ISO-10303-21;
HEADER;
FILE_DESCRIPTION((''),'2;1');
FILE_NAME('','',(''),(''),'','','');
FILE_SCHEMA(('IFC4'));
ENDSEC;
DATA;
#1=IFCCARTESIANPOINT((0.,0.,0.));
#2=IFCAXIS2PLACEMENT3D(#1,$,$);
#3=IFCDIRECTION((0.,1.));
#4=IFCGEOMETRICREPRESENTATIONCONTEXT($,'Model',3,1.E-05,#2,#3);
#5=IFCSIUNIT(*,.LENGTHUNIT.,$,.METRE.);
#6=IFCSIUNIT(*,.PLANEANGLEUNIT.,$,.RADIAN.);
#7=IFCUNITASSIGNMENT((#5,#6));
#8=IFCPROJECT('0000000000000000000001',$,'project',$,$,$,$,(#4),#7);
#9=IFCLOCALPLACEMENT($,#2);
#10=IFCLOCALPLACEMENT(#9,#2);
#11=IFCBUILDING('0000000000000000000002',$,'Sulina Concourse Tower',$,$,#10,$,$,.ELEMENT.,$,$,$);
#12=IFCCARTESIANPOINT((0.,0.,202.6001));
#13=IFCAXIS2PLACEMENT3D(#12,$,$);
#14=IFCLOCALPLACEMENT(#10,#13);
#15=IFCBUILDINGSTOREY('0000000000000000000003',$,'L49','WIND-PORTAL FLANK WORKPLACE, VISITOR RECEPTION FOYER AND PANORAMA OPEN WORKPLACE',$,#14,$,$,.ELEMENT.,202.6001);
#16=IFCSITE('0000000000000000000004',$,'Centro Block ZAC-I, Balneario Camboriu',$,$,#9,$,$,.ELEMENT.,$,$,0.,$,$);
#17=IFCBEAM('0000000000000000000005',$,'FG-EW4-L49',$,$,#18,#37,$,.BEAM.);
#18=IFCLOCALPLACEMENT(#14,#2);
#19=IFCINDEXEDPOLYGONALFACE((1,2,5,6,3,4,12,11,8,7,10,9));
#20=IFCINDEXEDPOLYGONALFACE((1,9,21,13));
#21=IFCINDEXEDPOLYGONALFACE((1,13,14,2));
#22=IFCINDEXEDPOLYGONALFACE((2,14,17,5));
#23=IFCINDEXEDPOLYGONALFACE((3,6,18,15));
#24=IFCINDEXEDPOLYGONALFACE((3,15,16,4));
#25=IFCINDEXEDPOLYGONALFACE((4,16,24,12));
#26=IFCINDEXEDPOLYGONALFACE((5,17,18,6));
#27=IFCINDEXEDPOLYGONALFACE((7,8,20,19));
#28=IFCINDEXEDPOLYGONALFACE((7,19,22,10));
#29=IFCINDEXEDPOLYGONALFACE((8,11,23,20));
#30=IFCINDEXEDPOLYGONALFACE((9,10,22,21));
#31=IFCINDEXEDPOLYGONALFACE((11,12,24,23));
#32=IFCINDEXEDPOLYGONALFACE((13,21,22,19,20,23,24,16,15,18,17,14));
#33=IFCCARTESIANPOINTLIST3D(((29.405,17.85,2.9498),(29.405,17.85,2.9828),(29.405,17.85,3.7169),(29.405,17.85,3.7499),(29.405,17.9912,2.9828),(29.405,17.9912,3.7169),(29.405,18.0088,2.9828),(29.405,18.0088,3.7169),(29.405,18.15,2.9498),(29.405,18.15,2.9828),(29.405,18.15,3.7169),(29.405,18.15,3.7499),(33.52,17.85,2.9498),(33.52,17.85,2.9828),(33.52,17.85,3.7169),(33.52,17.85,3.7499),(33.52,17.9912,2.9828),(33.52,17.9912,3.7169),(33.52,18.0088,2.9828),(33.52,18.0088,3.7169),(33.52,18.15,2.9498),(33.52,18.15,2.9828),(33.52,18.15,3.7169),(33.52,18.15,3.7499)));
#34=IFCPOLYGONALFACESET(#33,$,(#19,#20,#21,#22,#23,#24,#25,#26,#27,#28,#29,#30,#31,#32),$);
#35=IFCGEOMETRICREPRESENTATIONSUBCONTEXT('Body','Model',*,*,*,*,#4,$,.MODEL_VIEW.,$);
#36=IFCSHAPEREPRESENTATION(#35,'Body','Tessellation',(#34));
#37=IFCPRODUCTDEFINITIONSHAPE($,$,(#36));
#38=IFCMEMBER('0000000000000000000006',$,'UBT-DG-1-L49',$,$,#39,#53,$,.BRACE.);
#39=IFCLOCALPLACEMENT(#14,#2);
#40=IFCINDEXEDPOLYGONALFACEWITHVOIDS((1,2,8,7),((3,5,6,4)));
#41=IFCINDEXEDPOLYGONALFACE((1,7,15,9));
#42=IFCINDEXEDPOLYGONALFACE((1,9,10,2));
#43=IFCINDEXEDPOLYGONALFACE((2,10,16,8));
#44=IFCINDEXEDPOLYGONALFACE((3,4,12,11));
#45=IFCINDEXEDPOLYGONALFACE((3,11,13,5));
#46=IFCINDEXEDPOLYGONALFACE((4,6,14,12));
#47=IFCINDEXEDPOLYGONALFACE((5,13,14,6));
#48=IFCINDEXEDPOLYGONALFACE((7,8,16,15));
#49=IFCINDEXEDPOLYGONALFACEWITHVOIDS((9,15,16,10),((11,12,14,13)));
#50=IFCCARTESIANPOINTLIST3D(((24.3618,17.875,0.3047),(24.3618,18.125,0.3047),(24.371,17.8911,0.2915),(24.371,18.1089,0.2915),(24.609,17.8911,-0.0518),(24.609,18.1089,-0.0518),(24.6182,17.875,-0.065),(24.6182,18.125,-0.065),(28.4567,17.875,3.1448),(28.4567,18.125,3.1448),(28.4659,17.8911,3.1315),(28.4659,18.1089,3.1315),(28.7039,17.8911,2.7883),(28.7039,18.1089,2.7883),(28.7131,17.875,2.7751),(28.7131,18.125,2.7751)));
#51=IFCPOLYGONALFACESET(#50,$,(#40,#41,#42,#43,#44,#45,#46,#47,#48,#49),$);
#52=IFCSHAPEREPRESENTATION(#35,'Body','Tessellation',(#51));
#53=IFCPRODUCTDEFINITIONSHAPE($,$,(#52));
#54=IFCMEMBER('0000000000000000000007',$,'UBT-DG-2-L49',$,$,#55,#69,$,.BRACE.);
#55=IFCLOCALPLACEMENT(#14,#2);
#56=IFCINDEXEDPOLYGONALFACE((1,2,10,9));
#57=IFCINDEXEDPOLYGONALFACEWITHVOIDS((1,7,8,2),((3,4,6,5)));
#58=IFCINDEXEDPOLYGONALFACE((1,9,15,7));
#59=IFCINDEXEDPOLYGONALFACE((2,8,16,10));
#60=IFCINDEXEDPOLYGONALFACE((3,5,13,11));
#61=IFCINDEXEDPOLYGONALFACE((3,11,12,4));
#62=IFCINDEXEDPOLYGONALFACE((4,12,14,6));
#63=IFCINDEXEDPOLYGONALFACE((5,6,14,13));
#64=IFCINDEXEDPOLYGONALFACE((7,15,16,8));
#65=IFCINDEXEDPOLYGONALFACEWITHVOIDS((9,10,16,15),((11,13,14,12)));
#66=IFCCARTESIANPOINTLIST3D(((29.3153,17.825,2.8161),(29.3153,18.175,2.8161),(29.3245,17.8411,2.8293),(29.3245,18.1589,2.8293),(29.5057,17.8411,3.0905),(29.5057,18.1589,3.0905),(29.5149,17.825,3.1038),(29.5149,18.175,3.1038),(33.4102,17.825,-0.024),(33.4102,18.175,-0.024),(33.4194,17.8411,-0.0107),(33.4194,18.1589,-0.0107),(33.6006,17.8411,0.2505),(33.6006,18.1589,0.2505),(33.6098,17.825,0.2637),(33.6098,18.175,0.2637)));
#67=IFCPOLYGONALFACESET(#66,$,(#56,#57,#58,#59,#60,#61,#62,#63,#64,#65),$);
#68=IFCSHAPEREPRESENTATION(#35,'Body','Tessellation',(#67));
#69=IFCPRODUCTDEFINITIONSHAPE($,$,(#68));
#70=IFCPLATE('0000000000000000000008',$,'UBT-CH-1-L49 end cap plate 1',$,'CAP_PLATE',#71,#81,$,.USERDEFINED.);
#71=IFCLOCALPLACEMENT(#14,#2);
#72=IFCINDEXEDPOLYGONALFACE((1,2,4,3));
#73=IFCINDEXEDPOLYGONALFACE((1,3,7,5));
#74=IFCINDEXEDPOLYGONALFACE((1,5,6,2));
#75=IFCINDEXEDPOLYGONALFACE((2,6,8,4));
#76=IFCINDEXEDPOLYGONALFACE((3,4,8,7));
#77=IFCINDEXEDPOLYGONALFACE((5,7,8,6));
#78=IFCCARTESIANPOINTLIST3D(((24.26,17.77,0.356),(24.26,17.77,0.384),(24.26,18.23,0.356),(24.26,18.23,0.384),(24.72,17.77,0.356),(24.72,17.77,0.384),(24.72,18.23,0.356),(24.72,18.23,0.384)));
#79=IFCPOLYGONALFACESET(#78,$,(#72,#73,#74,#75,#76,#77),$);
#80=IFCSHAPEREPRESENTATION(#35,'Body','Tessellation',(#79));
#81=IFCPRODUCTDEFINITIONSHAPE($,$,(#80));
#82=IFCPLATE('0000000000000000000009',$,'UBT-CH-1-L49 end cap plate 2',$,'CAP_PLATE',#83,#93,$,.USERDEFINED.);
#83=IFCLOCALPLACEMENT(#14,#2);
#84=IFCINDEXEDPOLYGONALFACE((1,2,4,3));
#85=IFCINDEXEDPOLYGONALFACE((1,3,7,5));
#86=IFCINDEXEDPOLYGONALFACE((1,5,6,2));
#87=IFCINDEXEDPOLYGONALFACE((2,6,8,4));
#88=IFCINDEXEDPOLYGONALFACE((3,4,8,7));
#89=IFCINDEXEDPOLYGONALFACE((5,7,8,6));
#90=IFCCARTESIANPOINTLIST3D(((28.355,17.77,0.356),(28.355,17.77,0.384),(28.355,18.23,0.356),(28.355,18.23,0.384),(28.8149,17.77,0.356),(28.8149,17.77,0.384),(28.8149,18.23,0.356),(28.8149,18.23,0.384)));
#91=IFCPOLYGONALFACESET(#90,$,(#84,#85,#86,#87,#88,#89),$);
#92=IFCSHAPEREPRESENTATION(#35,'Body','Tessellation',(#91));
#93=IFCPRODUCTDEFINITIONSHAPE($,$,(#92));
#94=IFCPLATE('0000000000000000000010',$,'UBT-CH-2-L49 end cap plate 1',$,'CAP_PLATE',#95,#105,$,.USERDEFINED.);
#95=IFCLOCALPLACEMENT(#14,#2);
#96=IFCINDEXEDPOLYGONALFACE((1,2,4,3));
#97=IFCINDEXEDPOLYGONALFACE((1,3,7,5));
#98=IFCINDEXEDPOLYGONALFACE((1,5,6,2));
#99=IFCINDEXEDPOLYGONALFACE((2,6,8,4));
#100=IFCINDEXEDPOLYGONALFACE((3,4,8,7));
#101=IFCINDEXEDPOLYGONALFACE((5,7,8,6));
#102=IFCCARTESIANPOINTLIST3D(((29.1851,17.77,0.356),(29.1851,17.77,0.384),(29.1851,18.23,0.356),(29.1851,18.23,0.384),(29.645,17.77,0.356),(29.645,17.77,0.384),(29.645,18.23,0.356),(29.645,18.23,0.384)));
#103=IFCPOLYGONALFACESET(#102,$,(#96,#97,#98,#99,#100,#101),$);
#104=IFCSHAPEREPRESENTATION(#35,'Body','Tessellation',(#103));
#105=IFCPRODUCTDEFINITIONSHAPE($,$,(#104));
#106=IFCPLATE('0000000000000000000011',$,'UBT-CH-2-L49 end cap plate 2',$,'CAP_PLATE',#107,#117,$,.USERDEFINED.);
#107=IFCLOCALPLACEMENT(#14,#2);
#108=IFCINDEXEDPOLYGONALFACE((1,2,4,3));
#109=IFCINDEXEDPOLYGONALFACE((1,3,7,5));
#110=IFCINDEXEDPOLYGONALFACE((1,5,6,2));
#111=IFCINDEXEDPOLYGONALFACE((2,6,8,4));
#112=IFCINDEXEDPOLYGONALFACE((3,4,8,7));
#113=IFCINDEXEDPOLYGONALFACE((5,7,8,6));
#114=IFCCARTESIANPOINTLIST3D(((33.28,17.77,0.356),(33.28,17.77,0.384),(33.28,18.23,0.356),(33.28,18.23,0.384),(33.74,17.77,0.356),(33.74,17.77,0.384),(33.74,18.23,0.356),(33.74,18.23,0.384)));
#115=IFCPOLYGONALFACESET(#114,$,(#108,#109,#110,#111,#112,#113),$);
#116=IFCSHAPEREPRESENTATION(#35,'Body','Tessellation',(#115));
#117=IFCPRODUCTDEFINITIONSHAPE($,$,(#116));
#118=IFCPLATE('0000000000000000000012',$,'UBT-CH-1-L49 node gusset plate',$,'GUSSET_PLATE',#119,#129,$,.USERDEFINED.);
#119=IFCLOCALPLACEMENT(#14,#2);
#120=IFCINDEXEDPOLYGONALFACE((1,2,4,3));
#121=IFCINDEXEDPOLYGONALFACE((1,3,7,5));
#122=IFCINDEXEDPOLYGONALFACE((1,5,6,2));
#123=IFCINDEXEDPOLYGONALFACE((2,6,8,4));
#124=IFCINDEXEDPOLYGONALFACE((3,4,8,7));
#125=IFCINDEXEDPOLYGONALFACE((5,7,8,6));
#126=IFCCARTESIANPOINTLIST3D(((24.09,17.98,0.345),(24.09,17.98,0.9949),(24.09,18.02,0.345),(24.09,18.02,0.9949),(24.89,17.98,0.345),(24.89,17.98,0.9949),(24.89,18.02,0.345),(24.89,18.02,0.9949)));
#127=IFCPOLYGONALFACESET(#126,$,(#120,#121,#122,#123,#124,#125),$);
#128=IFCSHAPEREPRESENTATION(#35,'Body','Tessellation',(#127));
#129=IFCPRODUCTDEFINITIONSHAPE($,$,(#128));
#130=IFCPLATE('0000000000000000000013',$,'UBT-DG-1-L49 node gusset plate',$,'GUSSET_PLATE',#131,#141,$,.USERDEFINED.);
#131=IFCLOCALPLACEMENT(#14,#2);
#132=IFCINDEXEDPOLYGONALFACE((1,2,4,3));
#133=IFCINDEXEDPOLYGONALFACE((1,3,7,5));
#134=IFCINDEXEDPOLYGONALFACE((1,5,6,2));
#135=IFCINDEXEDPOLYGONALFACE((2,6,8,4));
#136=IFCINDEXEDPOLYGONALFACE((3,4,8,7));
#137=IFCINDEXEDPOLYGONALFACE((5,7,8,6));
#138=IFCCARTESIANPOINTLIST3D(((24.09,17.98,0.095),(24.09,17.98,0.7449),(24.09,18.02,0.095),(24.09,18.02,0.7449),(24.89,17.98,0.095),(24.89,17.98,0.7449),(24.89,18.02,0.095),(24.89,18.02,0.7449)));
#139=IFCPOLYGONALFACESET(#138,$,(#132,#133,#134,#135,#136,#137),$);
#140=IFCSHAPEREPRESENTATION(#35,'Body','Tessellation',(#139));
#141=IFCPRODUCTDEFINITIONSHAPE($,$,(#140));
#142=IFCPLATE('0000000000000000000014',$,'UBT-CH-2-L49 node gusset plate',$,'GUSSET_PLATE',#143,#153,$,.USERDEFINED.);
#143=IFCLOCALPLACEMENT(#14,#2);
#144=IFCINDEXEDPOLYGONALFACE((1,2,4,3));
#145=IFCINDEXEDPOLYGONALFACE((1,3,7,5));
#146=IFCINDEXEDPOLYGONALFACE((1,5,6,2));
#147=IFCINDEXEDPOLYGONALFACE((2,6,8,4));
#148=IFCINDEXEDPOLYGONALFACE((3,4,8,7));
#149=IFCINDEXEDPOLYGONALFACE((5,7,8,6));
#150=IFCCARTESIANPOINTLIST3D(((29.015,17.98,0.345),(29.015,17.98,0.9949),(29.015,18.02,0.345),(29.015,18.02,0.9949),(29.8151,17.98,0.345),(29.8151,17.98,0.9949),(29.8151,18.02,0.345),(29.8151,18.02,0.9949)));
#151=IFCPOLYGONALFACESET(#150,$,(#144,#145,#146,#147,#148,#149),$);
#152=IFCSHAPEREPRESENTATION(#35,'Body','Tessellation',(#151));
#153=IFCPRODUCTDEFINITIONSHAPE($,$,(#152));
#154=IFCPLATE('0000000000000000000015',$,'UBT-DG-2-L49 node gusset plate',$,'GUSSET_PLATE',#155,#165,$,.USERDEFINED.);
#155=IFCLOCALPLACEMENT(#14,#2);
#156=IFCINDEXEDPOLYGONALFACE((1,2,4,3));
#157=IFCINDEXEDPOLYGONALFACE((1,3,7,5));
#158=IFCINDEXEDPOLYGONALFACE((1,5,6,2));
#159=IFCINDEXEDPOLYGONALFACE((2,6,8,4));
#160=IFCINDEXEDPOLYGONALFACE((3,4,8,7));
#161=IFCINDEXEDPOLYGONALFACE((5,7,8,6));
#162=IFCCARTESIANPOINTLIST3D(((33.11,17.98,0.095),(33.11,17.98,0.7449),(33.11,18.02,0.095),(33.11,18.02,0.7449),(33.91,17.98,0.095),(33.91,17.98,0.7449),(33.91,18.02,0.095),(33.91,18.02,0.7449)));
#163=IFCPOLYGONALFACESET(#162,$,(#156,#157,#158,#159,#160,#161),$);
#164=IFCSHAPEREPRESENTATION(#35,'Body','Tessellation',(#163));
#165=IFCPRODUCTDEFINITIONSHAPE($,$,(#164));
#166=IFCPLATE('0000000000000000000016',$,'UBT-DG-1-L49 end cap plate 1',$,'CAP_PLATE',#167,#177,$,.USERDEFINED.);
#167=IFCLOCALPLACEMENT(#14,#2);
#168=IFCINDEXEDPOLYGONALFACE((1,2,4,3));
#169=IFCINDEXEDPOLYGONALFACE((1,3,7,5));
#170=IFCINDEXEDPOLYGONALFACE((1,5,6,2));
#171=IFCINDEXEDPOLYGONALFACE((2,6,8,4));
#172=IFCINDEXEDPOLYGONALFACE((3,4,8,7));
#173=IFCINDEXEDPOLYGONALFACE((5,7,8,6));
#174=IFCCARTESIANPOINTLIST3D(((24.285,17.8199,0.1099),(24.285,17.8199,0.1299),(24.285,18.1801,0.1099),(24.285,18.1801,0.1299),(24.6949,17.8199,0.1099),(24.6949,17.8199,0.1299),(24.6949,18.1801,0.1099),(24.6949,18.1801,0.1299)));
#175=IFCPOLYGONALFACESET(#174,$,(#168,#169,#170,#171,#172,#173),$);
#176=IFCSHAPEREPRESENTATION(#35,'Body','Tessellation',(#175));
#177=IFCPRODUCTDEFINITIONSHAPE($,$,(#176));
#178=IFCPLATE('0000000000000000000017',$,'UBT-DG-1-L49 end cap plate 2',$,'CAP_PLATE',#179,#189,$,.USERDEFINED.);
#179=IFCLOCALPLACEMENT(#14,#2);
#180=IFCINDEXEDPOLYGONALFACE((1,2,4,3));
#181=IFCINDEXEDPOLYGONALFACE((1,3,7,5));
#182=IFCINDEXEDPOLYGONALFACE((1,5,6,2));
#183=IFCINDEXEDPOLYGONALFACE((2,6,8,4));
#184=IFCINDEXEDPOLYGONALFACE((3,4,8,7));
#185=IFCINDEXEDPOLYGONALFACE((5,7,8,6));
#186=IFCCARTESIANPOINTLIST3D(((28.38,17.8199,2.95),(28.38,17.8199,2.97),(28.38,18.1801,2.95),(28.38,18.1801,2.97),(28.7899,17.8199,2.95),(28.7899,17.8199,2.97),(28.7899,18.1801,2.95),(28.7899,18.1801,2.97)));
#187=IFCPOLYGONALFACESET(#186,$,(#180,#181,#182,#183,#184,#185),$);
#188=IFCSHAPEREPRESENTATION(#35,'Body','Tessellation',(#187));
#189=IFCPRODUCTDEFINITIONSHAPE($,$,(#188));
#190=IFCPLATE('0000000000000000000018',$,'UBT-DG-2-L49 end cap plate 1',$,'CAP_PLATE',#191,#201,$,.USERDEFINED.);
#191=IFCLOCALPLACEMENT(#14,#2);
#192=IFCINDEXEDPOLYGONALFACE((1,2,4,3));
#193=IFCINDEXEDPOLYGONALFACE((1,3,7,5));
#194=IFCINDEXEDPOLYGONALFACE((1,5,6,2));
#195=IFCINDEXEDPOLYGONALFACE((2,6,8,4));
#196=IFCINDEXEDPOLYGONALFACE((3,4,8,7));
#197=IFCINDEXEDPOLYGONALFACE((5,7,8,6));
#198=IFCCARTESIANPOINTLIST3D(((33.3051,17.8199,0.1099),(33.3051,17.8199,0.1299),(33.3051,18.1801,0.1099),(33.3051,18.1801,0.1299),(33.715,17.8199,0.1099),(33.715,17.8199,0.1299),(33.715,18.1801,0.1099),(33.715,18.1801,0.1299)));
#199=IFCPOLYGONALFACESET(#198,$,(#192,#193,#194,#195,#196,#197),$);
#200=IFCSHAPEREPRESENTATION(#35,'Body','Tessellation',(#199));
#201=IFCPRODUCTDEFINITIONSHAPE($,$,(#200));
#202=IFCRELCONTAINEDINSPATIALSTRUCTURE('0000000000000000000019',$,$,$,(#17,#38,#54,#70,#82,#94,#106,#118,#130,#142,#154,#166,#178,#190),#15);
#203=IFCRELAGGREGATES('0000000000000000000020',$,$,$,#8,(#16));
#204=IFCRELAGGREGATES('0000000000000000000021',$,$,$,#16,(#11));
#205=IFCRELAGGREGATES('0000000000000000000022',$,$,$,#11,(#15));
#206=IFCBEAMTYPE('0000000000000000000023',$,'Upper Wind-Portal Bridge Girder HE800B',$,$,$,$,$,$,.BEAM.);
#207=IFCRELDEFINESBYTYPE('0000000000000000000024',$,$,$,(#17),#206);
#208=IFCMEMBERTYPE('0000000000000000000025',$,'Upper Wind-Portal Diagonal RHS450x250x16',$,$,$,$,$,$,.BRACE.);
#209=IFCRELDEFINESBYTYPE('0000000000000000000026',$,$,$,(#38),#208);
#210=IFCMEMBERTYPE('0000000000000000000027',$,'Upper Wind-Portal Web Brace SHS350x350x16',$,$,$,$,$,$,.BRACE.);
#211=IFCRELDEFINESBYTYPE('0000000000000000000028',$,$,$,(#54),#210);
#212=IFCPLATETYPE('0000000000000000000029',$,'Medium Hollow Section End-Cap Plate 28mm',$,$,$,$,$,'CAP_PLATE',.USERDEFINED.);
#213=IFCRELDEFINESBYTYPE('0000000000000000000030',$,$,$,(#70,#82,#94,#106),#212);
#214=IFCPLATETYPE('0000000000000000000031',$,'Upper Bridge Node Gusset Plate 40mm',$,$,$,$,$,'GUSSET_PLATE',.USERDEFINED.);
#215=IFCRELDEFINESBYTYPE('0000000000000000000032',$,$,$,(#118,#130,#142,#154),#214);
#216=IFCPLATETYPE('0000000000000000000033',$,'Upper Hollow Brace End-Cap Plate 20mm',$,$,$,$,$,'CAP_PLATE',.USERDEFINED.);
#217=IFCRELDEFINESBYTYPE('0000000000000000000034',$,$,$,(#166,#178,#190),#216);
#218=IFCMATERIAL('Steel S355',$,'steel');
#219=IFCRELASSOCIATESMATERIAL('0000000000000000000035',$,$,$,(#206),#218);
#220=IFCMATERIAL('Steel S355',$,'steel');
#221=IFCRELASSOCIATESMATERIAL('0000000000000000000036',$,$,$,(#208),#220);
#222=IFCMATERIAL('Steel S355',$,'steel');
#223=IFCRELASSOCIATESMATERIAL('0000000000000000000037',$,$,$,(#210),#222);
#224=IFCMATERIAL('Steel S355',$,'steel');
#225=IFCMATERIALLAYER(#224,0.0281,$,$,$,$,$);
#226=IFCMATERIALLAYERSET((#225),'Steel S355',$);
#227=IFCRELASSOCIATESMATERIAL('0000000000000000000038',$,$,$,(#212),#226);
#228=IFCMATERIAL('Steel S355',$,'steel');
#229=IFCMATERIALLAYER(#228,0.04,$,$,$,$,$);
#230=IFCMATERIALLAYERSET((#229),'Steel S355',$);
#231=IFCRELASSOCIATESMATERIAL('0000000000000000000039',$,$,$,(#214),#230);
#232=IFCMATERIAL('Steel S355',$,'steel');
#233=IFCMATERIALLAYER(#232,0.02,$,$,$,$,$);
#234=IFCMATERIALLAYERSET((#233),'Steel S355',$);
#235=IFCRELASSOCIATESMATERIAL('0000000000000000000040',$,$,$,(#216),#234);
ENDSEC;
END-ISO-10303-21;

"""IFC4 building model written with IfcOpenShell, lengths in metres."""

from ifc_helpers import new_model, si_unit, direction, frame, origin, origin_2d, place, context, subcontext, project, spatial, rectangle, hollow_rectangle, i_section, extrude, material, layer, layer_set, material_profile, profile_set, type_object, element, save


model = new_model("IFC4")

# Units and contexts
model_context = context("Model", 3, precision=1e-05, world=origin(), true_north=direction((0.0, 1.0)))
body_context = subcontext(model_context, "Body", "Model", "MODEL_VIEW")
ifc_project = project(units=[si_unit("LENGTHUNIT", "METRE"), si_unit("PLANEANGLEUNIT", "RADIAN")], contexts=[model_context])

# Site, building, storey
site_placement = place(None, origin())
site = spatial("IfcSite", under=ifc_project, at=site_placement, Name="Centro Block ZAC-I, Balneario Camboriu", CompositionType="ELEMENT", RefElevation=0.0)
building_placement = place(site_placement, origin())
building = spatial("IfcBuilding", under=site, at=building_placement, Name="Sulina Concourse Tower", CompositionType="ELEMENT")
storey_placement = place(building_placement, frame((0.0, 0.0, 202.6001)))
storey = spatial("IfcBuildingStorey", under=building, at=storey_placement, Name="L49", Description="WIND-PORTAL FLANK WORKPLACE, VISITOR RECEPTION FOYER AND PANORAMA OPEN WORKPLACE", CompositionType="ELEMENT", Elevation=202.6001)

# Beam
ifc_material_1 = material(Name="Steel S355", Category="steel")
ifc_material_profile_1 = material_profile(ifc_material_1, i_section(OverallWidth=0.3, OverallDepth=0.8, WebThickness=0.0176, FlangeThickness=0.033, at=origin_2d()), Name="HE 800 B")
ifc_profile_set_1 = profile_set([ifc_material_profile_1], Name="Steel S355")
beam_type_1 = type_object("IfcBeamType", Name="Upper Wind-Portal Bridge Girder HE800B", PredefinedType="BEAM", material=ifc_profile_set_1)
for number, where, z_axis, x_axis, name in (
    (1, (29.405, 18.0, 3.3499), (1.0, 0.0, 0.0), (0.0, 1.0, 0.0), "FG-EW4-L49"),
):
    element("IfcBeam", number, at=place(storey_placement, frame(where, z_axis=z_axis, x_axis=x_axis)), inside=storey, type_object=beam_type_1, Name=name, PredefinedType="BEAM", context=body_context, shape_type="SweptSolid", body=[
        extrude(i_section(OverallWidth=0.3, OverallDepth=0.8, WebThickness=0.0176, FlangeThickness=0.033, at=origin_2d()), origin(), (0.0, 0.0, 1.0), 4.115),
    ])

# Members
ifc_material_2 = material(Name="Steel S355", Category="steel")
ifc_material_profile_2 = material_profile(ifc_material_2, hollow_rectangle(XDim=0.25, YDim=0.45, WallThickness=0.0161, at=origin_2d()), Name="RHS 450x250x16")
ifc_profile_set_2 = profile_set([ifc_material_profile_2], Name="Steel S355")
member_type_1 = type_object("IfcMemberType", Name="Upper Wind-Portal Diagonal RHS450x250x16", PredefinedType="BRACE", material=ifc_profile_set_2)
member_1_placement = place(storey_placement, frame((24.49, 18.0, 0.1199), z_axis=(0.821712, 0.0, 0.569903), x_axis=(0.0, 1.0, 0.0)))
element("IfcMember", 2, at=member_1_placement, inside=storey, type_object=member_type_1, Name="UBT-DG-1-L49", PredefinedType="BRACE", context=body_context, shape_type="SweptSolid", body=[
    extrude(hollow_rectangle(XDim=0.25, YDim=0.45, WallThickness=0.0161, at=origin_2d()), origin(), (0.0, 0.0, 1.0), 4.9834),
])
ifc_material_3 = material(Name="Steel S355", Category="steel")
ifc_material_profile_3 = material_profile(ifc_material_3, hollow_rectangle(XDim=0.3501, YDim=0.3501, WallThickness=0.0161, at=origin_2d()), Name="SHS 350x350x16")
ifc_profile_set_3 = profile_set([ifc_material_profile_3], Name="Steel S355")
member_type_2 = type_object("IfcMemberType", Name="Upper Wind-Portal Web Brace SHS350x350x16", PredefinedType="BRACE", material=ifc_profile_set_3)
member_2_placement = place(storey_placement, frame((33.51, 18.0, 0.1199), z_axis=(-0.821712, 0.0, 0.569903), x_axis=(0.0, -1.0, 0.0)))
element("IfcMember", 3, at=member_2_placement, inside=storey, type_object=member_type_2, Name="UBT-DG-2-L49", PredefinedType="BRACE", context=body_context, shape_type="SweptSolid", body=[
    extrude(hollow_rectangle(XDim=0.3501, YDim=0.3501, WallThickness=0.0161, at=origin_2d()), origin(), (0.0, 0.0, 1.0), 4.9834),
])

# Plates
ifc_material_4 = material(Name="Steel S355", Category="steel")
ifc_layer_1 = layer(ifc_material_4, 0.0281)
ifc_layer_set_1 = layer_set([ifc_layer_1], Name="Steel S355")
plate_type_1 = type_object("IfcPlateType", Name="Medium Hollow Section End-Cap Plate 28mm", ElementType="CAP_PLATE", PredefinedType="USERDEFINED", material=ifc_layer_set_1)
for number, where, z_axis, x_axis, name in (
    (4, (24.49, 18.0, 0.356), (0.0, 0.0, 1.0), (1.0, 0.0, 0.0), "UBT-CH-1-L49 end cap plate 1"),
    (5, (28.585, 18.0, 0.356), (0.0, 0.0, 1.0), (1.0, 0.0, 0.0), "UBT-CH-1-L49 end cap plate 2"),
    (6, (29.415, 18.0, 0.356), (0.0, 0.0, 1.0), (1.0, 0.0, 0.0), "UBT-CH-2-L49 end cap plate 1"),
    (7, (33.51, 18.0, 0.356), (0.0, 0.0, 1.0), (1.0, 0.0, 0.0), "UBT-CH-2-L49 end cap plate 2"),
):
    element("IfcPlate", number, at=place(storey_placement, frame(where, z_axis=z_axis, x_axis=x_axis)), inside=storey, type_object=plate_type_1, Name=name, ObjectType="CAP_PLATE", PredefinedType="USERDEFINED", context=body_context, shape_type="SweptSolid", body=[
        extrude(rectangle(XDim=0.46, YDim=0.46, at=origin_2d()), origin(), (0.0, 0.0, 1.0), 0.0281),
    ])
ifc_material_5 = material(Name="Steel S355", Category="steel")
ifc_layer_2 = layer(ifc_material_5, 0.04)
ifc_layer_set_2 = layer_set([ifc_layer_2], Name="Steel S355")
plate_type_2 = type_object("IfcPlateType", Name="Upper Bridge Node Gusset Plate 40mm", ElementType="GUSSET_PLATE", PredefinedType="USERDEFINED", material=ifc_layer_set_2)
for number, where, z_axis, x_axis, name in (
    (8, (24.49, 18.0, 0.345), (0.0, 0.0, 1.0), (1.0, 0.0, 0.0), "UBT-CH-1-L49 node gusset plate"),
    (9, (24.49, 18.0, 0.095), (0.0, 0.0, 1.0), (1.0, 0.0, 0.0), "UBT-DG-1-L49 node gusset plate"),
    (10, (29.415, 18.0, 0.345), (0.0, 0.0, 1.0), (1.0, 0.0, 0.0), "UBT-CH-2-L49 node gusset plate"),
    (11, (33.51, 18.0, 0.095), (0.0, 0.0, 1.0), (1.0, 0.0, 0.0), "UBT-DG-2-L49 node gusset plate"),
):
    element("IfcPlate", number, at=place(storey_placement, frame(where, z_axis=z_axis, x_axis=x_axis)), inside=storey, type_object=plate_type_2, Name=name, ObjectType="GUSSET_PLATE", PredefinedType="USERDEFINED", context=body_context, shape_type="SweptSolid", body=[
        extrude(rectangle(XDim=0.8, YDim=0.04, at=origin_2d()), origin(), (0.0, 0.0, 1.0), 0.6499),
    ])
ifc_material_6 = material(Name="Steel S355", Category="steel")
ifc_layer_3 = layer(ifc_material_6, 0.02)
ifc_layer_set_3 = layer_set([ifc_layer_3], Name="Steel S355")
plate_type_3 = type_object("IfcPlateType", Name="Upper Hollow Brace End-Cap Plate 20mm", ElementType="CAP_PLATE", PredefinedType="USERDEFINED", material=ifc_layer_set_3)
for number, where, z_axis, x_axis, name in (
    (12, (24.49, 18.0, 0.1099), (0.0, 0.0, 1.0), (1.0, 0.0, 0.0), "UBT-DG-1-L49 end cap plate 1"),
    (13, (28.585, 18.0, 2.95), (0.0, 0.0, 1.0), (1.0, 0.0, 0.0), "UBT-DG-1-L49 end cap plate 2"),
    (14, (33.51, 18.0, 0.1099), (0.0, 0.0, 1.0), (1.0, 0.0, 0.0), "UBT-DG-2-L49 end cap plate 1"),
):
    element("IfcPlate", number, at=place(storey_placement, frame(where, z_axis=z_axis, x_axis=x_axis)), inside=storey, type_object=plate_type_3, Name=name, ObjectType="CAP_PLATE", PredefinedType="USERDEFINED", context=body_context, shape_type="SweptSolid", body=[
        extrude(rectangle(XDim=0.4099, YDim=0.3601, at=origin_2d()), origin(), (0.0, 0.0, 1.0), 0.02),
    ])

save(model, "model.ifc")
